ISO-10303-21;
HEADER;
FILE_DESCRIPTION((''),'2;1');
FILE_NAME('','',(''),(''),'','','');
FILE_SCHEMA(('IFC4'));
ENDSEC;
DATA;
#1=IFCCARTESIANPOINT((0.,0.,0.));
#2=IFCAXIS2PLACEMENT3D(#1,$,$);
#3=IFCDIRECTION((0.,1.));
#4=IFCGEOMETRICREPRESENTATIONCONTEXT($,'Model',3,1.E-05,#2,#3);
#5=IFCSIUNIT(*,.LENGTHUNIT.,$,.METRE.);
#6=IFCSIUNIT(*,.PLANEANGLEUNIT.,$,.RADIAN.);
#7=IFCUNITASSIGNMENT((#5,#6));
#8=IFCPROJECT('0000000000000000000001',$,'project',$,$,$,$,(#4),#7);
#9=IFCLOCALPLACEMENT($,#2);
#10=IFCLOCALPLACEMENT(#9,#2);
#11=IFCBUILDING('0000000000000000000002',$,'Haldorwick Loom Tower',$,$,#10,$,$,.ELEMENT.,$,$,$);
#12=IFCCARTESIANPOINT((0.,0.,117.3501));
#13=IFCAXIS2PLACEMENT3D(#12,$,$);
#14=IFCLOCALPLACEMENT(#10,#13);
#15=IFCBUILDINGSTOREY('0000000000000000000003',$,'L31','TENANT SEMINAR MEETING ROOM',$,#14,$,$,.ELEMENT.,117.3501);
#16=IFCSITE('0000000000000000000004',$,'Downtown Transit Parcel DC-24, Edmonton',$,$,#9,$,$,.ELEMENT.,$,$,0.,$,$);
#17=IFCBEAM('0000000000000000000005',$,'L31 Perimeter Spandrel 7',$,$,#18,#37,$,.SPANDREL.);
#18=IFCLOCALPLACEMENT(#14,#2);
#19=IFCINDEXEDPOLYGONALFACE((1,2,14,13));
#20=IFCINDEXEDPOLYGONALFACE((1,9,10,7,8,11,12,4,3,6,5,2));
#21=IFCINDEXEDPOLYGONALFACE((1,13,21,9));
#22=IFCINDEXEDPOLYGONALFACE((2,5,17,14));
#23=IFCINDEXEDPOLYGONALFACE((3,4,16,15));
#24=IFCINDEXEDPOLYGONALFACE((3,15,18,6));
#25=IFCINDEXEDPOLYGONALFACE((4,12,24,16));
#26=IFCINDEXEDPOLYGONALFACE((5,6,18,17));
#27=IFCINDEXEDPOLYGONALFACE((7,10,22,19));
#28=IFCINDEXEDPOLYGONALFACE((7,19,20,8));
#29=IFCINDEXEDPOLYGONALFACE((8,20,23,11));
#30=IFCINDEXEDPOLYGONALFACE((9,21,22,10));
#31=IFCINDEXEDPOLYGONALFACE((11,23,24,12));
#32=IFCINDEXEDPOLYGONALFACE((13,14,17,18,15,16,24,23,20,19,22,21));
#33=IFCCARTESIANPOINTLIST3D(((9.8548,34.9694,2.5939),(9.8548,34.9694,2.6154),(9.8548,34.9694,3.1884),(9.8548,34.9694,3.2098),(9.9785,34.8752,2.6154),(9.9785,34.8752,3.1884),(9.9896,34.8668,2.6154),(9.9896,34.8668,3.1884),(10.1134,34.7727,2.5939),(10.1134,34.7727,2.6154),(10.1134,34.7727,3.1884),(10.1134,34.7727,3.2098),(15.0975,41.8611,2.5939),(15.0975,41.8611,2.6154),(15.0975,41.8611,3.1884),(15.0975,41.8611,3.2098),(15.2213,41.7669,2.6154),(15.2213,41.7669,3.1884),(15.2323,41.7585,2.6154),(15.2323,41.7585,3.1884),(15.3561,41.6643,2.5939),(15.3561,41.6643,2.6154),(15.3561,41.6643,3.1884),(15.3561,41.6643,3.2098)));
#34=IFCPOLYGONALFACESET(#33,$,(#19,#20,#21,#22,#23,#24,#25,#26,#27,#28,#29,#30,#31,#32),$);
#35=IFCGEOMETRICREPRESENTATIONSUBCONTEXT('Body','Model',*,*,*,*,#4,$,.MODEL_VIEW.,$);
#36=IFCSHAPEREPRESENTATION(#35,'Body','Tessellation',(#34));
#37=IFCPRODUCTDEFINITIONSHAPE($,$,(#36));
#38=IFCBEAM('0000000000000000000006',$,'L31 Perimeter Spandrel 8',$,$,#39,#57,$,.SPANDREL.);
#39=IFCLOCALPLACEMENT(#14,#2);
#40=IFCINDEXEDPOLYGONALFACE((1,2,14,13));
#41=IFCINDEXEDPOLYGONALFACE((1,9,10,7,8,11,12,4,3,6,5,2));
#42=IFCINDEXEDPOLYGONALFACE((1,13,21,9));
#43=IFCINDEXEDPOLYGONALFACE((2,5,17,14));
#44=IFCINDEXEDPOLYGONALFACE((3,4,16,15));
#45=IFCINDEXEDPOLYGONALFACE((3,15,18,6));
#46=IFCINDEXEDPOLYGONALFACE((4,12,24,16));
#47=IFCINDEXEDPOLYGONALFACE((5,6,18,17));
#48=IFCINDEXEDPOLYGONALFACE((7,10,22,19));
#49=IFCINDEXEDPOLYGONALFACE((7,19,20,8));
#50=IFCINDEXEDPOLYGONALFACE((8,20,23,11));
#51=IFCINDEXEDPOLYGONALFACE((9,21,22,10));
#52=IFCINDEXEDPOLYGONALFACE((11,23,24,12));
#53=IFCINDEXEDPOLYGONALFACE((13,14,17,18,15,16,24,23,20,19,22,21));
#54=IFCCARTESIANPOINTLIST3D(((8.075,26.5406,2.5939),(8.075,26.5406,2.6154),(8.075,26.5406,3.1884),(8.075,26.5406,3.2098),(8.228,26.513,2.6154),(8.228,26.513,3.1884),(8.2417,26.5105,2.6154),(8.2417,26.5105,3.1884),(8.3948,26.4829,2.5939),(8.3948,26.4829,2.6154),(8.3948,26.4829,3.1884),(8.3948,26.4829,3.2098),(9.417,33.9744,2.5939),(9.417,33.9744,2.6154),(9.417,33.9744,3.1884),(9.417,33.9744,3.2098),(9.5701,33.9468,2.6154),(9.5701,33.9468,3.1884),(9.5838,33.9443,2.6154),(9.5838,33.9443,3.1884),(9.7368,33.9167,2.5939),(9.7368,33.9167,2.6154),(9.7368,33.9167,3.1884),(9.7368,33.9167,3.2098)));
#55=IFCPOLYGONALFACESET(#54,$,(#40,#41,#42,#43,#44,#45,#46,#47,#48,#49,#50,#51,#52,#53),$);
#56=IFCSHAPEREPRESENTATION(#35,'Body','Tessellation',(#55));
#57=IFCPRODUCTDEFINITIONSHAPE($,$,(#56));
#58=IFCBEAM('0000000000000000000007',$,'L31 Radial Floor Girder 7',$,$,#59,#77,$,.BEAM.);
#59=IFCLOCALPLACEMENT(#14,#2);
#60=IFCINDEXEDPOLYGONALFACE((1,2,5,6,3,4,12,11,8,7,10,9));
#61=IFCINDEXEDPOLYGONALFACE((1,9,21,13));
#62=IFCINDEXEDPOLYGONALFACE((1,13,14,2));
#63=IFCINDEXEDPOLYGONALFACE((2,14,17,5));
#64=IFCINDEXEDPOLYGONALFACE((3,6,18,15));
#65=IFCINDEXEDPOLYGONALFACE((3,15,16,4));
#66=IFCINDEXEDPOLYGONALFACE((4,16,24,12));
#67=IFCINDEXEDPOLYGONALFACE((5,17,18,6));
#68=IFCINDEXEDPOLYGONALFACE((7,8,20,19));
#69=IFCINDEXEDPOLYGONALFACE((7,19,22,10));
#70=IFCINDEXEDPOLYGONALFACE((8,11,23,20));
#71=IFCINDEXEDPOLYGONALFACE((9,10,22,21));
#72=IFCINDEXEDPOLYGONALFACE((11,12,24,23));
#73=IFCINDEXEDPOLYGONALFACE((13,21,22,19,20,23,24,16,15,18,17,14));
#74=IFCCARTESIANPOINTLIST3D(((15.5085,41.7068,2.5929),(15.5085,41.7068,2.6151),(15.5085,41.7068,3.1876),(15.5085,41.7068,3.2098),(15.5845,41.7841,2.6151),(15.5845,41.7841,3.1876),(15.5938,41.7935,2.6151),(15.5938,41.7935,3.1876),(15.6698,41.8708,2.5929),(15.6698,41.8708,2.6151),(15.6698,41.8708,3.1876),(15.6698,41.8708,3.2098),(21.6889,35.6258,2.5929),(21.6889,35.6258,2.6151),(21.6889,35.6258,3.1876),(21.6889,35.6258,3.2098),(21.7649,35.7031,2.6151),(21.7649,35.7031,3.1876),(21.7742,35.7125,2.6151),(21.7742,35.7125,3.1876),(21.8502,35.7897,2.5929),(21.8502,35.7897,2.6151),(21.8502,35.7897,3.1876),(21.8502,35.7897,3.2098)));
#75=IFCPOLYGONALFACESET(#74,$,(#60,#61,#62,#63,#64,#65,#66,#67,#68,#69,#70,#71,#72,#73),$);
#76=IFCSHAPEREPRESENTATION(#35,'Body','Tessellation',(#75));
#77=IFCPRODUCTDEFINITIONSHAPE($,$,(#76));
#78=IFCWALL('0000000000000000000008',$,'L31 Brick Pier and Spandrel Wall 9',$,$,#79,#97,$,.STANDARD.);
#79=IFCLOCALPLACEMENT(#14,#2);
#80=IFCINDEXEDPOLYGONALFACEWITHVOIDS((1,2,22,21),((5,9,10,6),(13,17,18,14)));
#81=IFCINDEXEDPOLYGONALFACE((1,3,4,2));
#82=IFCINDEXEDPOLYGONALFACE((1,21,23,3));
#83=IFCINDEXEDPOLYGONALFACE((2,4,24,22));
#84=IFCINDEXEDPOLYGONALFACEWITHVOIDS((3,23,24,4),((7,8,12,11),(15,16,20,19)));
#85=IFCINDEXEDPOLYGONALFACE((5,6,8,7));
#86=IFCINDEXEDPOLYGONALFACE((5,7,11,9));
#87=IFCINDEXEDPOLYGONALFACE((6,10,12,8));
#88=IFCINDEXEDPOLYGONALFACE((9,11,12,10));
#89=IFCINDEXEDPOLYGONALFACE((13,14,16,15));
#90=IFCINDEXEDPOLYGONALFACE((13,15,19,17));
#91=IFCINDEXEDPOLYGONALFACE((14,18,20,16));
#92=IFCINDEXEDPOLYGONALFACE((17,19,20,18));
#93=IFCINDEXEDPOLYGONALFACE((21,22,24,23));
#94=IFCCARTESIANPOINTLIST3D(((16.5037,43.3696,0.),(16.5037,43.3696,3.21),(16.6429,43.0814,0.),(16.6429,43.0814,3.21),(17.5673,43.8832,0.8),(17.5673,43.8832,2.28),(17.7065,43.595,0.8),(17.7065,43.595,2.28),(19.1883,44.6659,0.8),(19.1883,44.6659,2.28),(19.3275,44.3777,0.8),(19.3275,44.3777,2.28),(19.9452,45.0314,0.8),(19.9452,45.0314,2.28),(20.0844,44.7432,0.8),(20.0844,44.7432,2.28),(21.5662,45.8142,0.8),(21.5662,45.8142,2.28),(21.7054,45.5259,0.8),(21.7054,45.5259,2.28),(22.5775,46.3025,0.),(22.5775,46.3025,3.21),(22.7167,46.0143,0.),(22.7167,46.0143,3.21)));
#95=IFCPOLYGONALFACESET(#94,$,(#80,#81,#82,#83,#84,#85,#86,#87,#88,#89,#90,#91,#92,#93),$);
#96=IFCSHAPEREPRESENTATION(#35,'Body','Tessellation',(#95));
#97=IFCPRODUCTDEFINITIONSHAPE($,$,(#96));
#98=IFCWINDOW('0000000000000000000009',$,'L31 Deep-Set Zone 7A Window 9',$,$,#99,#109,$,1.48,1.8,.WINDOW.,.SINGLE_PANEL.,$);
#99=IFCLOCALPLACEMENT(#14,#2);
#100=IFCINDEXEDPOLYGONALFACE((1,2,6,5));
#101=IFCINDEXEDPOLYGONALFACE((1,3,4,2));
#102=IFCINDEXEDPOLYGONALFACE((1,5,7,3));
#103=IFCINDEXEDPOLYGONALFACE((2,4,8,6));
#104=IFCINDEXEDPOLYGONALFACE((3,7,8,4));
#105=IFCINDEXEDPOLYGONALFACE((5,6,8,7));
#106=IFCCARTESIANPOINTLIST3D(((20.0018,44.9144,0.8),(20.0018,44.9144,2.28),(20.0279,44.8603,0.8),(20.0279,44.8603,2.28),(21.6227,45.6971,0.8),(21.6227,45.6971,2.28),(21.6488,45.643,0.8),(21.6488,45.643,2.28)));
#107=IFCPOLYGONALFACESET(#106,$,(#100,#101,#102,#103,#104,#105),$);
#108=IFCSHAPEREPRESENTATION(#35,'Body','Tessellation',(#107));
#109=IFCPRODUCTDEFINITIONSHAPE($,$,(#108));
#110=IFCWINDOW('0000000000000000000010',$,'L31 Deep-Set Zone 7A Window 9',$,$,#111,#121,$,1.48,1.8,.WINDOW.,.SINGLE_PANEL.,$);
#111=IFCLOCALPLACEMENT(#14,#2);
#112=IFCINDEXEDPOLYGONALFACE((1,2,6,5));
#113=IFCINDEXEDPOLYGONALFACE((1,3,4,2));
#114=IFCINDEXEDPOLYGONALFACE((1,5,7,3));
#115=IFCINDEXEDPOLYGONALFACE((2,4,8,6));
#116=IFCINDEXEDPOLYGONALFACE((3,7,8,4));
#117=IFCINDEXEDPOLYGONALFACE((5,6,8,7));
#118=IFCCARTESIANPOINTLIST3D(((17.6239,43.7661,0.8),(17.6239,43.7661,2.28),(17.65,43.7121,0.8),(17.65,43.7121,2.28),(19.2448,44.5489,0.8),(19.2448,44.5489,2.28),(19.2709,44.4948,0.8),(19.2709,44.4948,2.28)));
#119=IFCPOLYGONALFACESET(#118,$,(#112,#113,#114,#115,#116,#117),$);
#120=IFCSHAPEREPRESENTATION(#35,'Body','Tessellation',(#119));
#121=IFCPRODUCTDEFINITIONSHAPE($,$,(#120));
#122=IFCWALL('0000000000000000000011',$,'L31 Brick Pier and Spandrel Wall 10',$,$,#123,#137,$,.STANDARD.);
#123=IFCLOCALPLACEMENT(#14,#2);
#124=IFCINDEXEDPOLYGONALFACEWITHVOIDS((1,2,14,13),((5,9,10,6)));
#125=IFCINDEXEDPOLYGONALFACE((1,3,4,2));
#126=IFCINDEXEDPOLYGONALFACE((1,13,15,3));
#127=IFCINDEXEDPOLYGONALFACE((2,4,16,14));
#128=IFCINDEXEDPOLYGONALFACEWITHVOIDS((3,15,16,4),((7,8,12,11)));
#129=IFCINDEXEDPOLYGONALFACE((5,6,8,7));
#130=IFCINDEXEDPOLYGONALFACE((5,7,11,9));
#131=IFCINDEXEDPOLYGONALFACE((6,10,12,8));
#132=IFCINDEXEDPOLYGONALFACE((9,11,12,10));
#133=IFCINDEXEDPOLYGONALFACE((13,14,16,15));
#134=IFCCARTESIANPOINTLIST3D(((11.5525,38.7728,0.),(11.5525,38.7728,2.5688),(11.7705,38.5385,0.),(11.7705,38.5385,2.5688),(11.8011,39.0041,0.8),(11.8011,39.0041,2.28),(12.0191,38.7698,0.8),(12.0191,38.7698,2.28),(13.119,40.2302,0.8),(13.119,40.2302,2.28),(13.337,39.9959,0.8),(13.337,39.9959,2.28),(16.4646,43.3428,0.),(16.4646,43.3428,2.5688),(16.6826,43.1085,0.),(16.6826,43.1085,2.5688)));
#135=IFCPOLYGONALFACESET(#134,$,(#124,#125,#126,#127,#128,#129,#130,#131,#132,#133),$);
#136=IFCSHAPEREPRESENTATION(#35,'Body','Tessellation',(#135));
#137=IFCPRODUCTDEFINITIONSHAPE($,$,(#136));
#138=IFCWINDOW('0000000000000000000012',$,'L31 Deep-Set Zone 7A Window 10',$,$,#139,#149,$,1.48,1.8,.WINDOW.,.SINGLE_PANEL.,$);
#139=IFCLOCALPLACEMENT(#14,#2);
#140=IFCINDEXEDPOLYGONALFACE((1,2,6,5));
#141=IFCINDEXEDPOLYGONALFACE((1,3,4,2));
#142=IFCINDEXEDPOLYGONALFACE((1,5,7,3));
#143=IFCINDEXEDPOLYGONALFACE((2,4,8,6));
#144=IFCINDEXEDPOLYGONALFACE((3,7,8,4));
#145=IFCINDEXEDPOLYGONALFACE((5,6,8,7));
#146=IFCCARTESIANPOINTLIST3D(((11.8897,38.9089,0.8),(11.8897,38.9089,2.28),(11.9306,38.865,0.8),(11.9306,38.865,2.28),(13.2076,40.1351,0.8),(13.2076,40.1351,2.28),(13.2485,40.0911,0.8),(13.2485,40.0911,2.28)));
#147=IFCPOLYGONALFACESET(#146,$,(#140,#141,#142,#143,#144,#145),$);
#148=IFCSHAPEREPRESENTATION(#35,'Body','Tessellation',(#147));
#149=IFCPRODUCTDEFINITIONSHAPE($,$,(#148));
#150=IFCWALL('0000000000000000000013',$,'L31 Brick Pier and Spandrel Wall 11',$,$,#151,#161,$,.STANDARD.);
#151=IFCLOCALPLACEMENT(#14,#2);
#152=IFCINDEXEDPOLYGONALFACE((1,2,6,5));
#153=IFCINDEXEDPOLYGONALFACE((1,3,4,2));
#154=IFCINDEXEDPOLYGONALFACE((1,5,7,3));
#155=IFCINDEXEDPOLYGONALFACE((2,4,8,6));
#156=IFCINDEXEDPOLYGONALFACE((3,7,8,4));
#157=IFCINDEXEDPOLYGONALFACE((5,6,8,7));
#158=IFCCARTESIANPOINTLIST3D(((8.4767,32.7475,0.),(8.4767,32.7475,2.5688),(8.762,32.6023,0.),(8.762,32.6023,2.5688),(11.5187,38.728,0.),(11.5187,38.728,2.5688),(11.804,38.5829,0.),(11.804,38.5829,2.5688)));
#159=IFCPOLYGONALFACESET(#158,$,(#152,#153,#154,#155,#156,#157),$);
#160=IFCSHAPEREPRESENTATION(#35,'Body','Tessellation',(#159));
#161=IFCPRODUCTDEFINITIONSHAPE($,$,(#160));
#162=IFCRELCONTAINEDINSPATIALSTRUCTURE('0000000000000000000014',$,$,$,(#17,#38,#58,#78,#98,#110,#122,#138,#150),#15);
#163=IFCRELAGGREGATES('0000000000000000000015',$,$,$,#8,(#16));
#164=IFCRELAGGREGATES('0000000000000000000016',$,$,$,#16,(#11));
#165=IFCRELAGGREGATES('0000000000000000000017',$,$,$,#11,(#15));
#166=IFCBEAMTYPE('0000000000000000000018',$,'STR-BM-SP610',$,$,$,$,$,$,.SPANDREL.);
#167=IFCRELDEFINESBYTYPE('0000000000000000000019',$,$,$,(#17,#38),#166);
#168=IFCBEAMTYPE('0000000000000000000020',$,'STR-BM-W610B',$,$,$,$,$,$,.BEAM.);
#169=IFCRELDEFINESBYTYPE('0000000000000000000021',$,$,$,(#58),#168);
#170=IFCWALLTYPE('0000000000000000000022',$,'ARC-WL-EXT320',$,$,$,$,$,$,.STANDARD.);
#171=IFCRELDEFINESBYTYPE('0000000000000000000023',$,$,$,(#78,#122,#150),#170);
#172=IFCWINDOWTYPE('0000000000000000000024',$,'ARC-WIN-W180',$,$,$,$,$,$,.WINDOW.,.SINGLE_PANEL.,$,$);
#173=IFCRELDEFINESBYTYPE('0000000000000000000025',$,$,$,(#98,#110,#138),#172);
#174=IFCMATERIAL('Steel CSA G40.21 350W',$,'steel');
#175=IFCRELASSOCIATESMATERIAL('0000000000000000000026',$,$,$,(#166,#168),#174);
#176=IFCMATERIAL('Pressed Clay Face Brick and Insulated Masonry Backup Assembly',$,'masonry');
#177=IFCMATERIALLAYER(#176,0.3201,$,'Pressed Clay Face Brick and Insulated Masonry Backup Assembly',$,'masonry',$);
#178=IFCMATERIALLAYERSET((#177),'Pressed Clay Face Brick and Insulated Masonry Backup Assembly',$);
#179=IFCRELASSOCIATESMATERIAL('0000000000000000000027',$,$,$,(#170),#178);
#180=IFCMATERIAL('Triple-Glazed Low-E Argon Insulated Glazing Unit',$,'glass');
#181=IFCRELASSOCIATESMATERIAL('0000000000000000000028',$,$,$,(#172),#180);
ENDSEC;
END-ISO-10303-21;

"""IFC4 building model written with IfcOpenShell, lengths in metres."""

from ifc_helpers import new_model, si_unit, direction, frame, frame_2d, origin, origin_2d, place, context, subcontext, project, spatial, rectangle, i_section, extrude, material, layer, layer_set, material_profile, profile_set, type_object, element, fill, save


model = new_model("IFC4")

# Units and contexts
model_context = context("Model", 3, precision=1e-05, world=origin(), true_north=direction((0.0, 1.0)))
body_context = subcontext(model_context, "Body", "Model", "MODEL_VIEW")
ifc_project = project(units=[si_unit("LENGTHUNIT", "METRE"), si_unit("PLANEANGLEUNIT", "RADIAN")], contexts=[model_context])

# Site, building, storey
site_placement = place(None, origin())
site = spatial("IfcSite", under=ifc_project, at=site_placement, Name="Downtown Transit Parcel DC-24, Edmonton", CompositionType="ELEMENT", RefElevation=0.0)
building_placement = place(site_placement, origin())
building = spatial("IfcBuilding", under=site, at=building_placement, Name="Haldorwick Loom Tower", CompositionType="ELEMENT")
storey_placement = place(building_placement, frame((0.0, 0.0, 117.3501)))
storey = spatial("IfcBuildingStorey", under=building, at=storey_placement, Name="L31", Description="TENANT SEMINAR MEETING ROOM", CompositionType="ELEMENT", Elevation=117.3501)

# Beams
ifc_material_1 = material(Name="Steel CSA G40.21 350W", Category="steel")
ifc_material_profile_1 = material_profile(ifc_material_1, i_section(OverallWidth=0.325, OverallDepth=0.616, WebThickness=0.0139, FlangeThickness=0.0215, at=origin_2d()), Name="W610X174", Category="steel")
ifc_profile_set_1 = profile_set([ifc_material_profile_1], Name="Steel CSA G40.21 350W")
beam_type_1 = type_object("IfcBeamType", Name="STR-BM-SP610", PredefinedType="SPANDREL", material=ifc_profile_set_1)
beam_1_placement = place(storey_placement, frame((15.2268, 41.7627, 2.9019), z_axis=(-0.605454, -0.795881, 0.0), x_axis=(0.795881, -0.605454, 0.0)))
element("IfcBeam", 1, at=beam_1_placement, inside=storey, type_object=beam_type_1, Name="L31 Perimeter Spandrel 7", PredefinedType="SPANDREL", context=body_context, shape_type="SweptSolid", body=[
    extrude(i_section(OverallWidth=0.325, OverallDepth=0.616, WebThickness=0.0139, FlangeThickness=0.0215, at=origin_2d()), origin(), (0.0, 0.0, 1.0), 8.6592),
])
beam_2_placement = place(storey_placement, frame((9.5769, 33.9456, 2.9019), z_axis=(-0.177659, -0.984092, 0.0), x_axis=(0.984092, -0.177659, 0.0)))
element("IfcBeam", 2, at=beam_2_placement, inside=storey, type_object=beam_type_1, Name="L31 Perimeter Spandrel 8", PredefinedType="SPANDREL", context=body_context, shape_type="SweptSolid", body=[
    extrude(i_section(OverallWidth=0.325, OverallDepth=0.616, WebThickness=0.0139, FlangeThickness=0.0215, at=origin_2d()), origin(), (0.0, 0.0, 1.0), 7.554),
])
ifc_material_profile_2 = material_profile(ifc_material_1, i_section(OverallWidth=0.23, OverallDepth=0.6169, WebThickness=0.0132, FlangeThickness=0.0222, at=origin_2d()), Name="W610X140", Category="steel")
ifc_profile_set_2 = profile_set([ifc_material_profile_2], Name="Steel CSA G40.21 350W")
beam_type_2 = type_object("IfcBeamType", Name="STR-BM-W610B", PredefinedType="BEAM", material=ifc_profile_set_2)
beam_3_placement = place(storey_placement, frame((21.7695, 35.7078, 2.9014), z_axis=(-0.712814, 0.701353, 0.0), x_axis=(-0.701353, -0.712814, 0.0)))
element("IfcBeam", 3, at=beam_3_placement, inside=storey, type_object=beam_type_2, Name="L31 Radial Floor Girder 7", PredefinedType="BEAM", context=body_context, shape_type="SweptSolid", body=[
    extrude(i_section(OverallWidth=0.23, OverallDepth=0.6169, WebThickness=0.0132, FlangeThickness=0.0222, at=origin_2d()), origin(), (0.0, 0.0, 1.0), 8.6704),
])

# Wall, openings, windows
ifc_material_2 = material(Name="Pressed Clay Face Brick and Insulated Masonry Backup Assembly", Category="masonry")
ifc_layer_1 = layer(ifc_material_2, 0.3201, Name="Pressed Clay Face Brick and Insulated Masonry Backup Assembly", Category="masonry")
ifc_layer_set_1 = layer_set([ifc_layer_1], Name="Pressed Clay Face Brick and Insulated Masonry Backup Assembly")
wall_type_1 = type_object("IfcWallType", Name="ARC-WL-EXT320", PredefinedType="STANDARD", material=ifc_layer_set_1)
wall_1_placement = place(storey_placement, frame((22.6472, 46.1584, 0.0), z_axis=(0.0, 0.0, 1.0), x_axis=(-0.90051, -0.434835, 0.0)))
wall_1 = element("IfcWall", 4, at=wall_1_placement, inside=storey, type_object=wall_type_1, Name="L31 Brick Pier and Spandrel Wall 9", PredefinedType="STANDARD", context=body_context, shape_type="SweptSolid", body=[
    extrude(rectangle(XDim=6.7449, YDim=0.3201, at=frame_2d((3.3726, 0.0))), origin(), (0.0, 0.0, 1.0), 3.21),
])
opening_1_placement = place(wall_1_placement, frame((1.1233, 0.0, 0.8)))
opening_1 = element("IfcOpeningElement", 5, at=opening_1_placement, cuts=wall_1, PredefinedType="OPENING", context=body_context, shape_type="SweptSolid", body=[
    extrude(rectangle(XDim=1.8, YDim=1.48, at=frame_2d((0.8999, 0.74))), frame((0.0, 0.1699, 0.0), z_axis=(0.0, -1.0, 0.0), x_axis=(1.0, 0.0, 0.0)), (0.0, 0.0, 1.0), 0.3401),
])
opening_2_placement = place(wall_1_placement, frame((3.7639, 0.0, 0.8)))
opening_2 = element("IfcOpeningElement", 6, at=opening_2_placement, cuts=wall_1, PredefinedType="OPENING", context=body_context, shape_type="SweptSolid", body=[
    extrude(rectangle(XDim=1.8, YDim=1.48, at=frame_2d((0.8999, 0.74))), frame((0.0, 0.1699, 0.0), z_axis=(0.0, -1.0, 0.0), x_axis=(1.0, 0.0, 0.0)), (0.0, 0.0, 1.0), 0.3401),
])
ifc_material_3 = material(Name="Triple-Glazed Low-E Argon Insulated Glazing Unit", Category="glass")
window_type = type_object("IfcWindowType", Name="ARC-WIN-W180", PartitioningType="SINGLE_PANEL", PredefinedType="WINDOW", material=ifc_material_3)
window_1_placement = place(opening_1_placement, origin())
window_1 = element("IfcWindow", 7, at=window_1_placement, inside=storey, type_object=window_type, Name="L31 Deep-Set Zone 7A Window 9", OverallHeight=1.48, OverallWidth=1.8, PartitioningType="SINGLE_PANEL", PredefinedType="WINDOW", context=body_context, shape_type="SweptSolid", body=[
    extrude(rectangle(XDim=1.8, YDim=1.48, at=frame_2d((0.8999, 0.74))), frame((0.0, 0.03, 0.0), z_axis=(0.0, -1.0, 0.0), x_axis=(1.0, 0.0, 0.0)), (0.0, 0.0, 1.0), 0.0601),
])
fill(opening_1, window_1)
window_2_placement = place(opening_2_placement, origin())
window_2 = element("IfcWindow", 8, at=window_2_placement, inside=storey, type_object=window_type, Name="L31 Deep-Set Zone 7A Window 9", OverallHeight=1.48, OverallWidth=1.8, PartitioningType="SINGLE_PANEL", PredefinedType="WINDOW", context=body_context, shape_type="SweptSolid", body=[
    extrude(rectangle(XDim=1.8, YDim=1.48, at=frame_2d((0.8999, 0.74))), frame((0.0, 0.03, 0.0), z_axis=(0.0, -1.0, 0.0), x_axis=(1.0, 0.0, 0.0)), (0.0, 0.0, 1.0), 0.0601),
])
fill(opening_2, window_2)

# Wall, opening, window
wall_2_placement = place(storey_placement, frame((16.5735, 43.2256, 0.0), z_axis=(0.0, 0.0, 1.0), x_axis=(-0.732137, -0.681157, 0.0)))
wall_2 = element("IfcWall", 9, at=wall_2_placement, inside=storey, type_object=wall_type_1, Name="L31 Brick Pier and Spandrel Wall 10", PredefinedType="STANDARD", context=body_context, shape_type="SweptSolid", body=[
    extrude(rectangle(XDim=6.7092, YDim=0.3201, at=frame_2d((3.3545, 0.0))), origin(), (0.0, 0.0, 1.0), 2.5688),
])
opening_3_placement = place(wall_2_placement, frame((4.5696, 0.0, 0.8)))
opening_3 = element("IfcOpeningElement", 10, at=opening_3_placement, cuts=wall_2, PredefinedType="OPENING", context=body_context, shape_type="SweptSolid", body=[
    extrude(rectangle(XDim=1.8, YDim=1.48, at=frame_2d((0.8999, 0.74))), frame((0.0, 0.1699, 0.0), z_axis=(0.0, -1.0, 0.0), x_axis=(1.0, 0.0, 0.0)), (0.0, 0.0, 1.0), 0.3401),
])
window_3_placement = place(opening_3_placement, origin())
window_3 = element("IfcWindow", 11, at=window_3_placement, inside=storey, type_object=window_type, Name="L31 Deep-Set Zone 7A Window 10", OverallHeight=1.48, OverallWidth=1.8, PartitioningType="SINGLE_PANEL", PredefinedType="WINDOW", context=body_context, shape_type="SweptSolid", body=[
    extrude(rectangle(XDim=1.8, YDim=1.48, at=frame_2d((0.8999, 0.74))), frame((0.0, 0.03, 0.0), z_axis=(0.0, -1.0, 0.0), x_axis=(1.0, 0.0, 0.0)), (0.0, 0.0, 1.0), 0.0601),
])
fill(opening_3, window_3)

# Wall
wall_3_placement = place(storey_placement, frame((11.6614, 38.6555, 0.0), z_axis=(0.0, 0.0, 1.0), x_axis=(-0.453374, -0.89132, 0.0)))
element("IfcWall", 12, at=wall_3_placement, inside=storey, type_object=wall_type_1, Name="L31 Brick Pier and Spandrel Wall 11", PredefinedType="STANDARD", context=body_context, shape_type="SweptSolid", body=[
    extrude(rectangle(XDim=6.7097, YDim=0.3201, at=frame_2d((3.355, 0.0))), origin(), (0.0, 0.0, 1.0), 2.5688),
])

save(model, "model.ifc")
